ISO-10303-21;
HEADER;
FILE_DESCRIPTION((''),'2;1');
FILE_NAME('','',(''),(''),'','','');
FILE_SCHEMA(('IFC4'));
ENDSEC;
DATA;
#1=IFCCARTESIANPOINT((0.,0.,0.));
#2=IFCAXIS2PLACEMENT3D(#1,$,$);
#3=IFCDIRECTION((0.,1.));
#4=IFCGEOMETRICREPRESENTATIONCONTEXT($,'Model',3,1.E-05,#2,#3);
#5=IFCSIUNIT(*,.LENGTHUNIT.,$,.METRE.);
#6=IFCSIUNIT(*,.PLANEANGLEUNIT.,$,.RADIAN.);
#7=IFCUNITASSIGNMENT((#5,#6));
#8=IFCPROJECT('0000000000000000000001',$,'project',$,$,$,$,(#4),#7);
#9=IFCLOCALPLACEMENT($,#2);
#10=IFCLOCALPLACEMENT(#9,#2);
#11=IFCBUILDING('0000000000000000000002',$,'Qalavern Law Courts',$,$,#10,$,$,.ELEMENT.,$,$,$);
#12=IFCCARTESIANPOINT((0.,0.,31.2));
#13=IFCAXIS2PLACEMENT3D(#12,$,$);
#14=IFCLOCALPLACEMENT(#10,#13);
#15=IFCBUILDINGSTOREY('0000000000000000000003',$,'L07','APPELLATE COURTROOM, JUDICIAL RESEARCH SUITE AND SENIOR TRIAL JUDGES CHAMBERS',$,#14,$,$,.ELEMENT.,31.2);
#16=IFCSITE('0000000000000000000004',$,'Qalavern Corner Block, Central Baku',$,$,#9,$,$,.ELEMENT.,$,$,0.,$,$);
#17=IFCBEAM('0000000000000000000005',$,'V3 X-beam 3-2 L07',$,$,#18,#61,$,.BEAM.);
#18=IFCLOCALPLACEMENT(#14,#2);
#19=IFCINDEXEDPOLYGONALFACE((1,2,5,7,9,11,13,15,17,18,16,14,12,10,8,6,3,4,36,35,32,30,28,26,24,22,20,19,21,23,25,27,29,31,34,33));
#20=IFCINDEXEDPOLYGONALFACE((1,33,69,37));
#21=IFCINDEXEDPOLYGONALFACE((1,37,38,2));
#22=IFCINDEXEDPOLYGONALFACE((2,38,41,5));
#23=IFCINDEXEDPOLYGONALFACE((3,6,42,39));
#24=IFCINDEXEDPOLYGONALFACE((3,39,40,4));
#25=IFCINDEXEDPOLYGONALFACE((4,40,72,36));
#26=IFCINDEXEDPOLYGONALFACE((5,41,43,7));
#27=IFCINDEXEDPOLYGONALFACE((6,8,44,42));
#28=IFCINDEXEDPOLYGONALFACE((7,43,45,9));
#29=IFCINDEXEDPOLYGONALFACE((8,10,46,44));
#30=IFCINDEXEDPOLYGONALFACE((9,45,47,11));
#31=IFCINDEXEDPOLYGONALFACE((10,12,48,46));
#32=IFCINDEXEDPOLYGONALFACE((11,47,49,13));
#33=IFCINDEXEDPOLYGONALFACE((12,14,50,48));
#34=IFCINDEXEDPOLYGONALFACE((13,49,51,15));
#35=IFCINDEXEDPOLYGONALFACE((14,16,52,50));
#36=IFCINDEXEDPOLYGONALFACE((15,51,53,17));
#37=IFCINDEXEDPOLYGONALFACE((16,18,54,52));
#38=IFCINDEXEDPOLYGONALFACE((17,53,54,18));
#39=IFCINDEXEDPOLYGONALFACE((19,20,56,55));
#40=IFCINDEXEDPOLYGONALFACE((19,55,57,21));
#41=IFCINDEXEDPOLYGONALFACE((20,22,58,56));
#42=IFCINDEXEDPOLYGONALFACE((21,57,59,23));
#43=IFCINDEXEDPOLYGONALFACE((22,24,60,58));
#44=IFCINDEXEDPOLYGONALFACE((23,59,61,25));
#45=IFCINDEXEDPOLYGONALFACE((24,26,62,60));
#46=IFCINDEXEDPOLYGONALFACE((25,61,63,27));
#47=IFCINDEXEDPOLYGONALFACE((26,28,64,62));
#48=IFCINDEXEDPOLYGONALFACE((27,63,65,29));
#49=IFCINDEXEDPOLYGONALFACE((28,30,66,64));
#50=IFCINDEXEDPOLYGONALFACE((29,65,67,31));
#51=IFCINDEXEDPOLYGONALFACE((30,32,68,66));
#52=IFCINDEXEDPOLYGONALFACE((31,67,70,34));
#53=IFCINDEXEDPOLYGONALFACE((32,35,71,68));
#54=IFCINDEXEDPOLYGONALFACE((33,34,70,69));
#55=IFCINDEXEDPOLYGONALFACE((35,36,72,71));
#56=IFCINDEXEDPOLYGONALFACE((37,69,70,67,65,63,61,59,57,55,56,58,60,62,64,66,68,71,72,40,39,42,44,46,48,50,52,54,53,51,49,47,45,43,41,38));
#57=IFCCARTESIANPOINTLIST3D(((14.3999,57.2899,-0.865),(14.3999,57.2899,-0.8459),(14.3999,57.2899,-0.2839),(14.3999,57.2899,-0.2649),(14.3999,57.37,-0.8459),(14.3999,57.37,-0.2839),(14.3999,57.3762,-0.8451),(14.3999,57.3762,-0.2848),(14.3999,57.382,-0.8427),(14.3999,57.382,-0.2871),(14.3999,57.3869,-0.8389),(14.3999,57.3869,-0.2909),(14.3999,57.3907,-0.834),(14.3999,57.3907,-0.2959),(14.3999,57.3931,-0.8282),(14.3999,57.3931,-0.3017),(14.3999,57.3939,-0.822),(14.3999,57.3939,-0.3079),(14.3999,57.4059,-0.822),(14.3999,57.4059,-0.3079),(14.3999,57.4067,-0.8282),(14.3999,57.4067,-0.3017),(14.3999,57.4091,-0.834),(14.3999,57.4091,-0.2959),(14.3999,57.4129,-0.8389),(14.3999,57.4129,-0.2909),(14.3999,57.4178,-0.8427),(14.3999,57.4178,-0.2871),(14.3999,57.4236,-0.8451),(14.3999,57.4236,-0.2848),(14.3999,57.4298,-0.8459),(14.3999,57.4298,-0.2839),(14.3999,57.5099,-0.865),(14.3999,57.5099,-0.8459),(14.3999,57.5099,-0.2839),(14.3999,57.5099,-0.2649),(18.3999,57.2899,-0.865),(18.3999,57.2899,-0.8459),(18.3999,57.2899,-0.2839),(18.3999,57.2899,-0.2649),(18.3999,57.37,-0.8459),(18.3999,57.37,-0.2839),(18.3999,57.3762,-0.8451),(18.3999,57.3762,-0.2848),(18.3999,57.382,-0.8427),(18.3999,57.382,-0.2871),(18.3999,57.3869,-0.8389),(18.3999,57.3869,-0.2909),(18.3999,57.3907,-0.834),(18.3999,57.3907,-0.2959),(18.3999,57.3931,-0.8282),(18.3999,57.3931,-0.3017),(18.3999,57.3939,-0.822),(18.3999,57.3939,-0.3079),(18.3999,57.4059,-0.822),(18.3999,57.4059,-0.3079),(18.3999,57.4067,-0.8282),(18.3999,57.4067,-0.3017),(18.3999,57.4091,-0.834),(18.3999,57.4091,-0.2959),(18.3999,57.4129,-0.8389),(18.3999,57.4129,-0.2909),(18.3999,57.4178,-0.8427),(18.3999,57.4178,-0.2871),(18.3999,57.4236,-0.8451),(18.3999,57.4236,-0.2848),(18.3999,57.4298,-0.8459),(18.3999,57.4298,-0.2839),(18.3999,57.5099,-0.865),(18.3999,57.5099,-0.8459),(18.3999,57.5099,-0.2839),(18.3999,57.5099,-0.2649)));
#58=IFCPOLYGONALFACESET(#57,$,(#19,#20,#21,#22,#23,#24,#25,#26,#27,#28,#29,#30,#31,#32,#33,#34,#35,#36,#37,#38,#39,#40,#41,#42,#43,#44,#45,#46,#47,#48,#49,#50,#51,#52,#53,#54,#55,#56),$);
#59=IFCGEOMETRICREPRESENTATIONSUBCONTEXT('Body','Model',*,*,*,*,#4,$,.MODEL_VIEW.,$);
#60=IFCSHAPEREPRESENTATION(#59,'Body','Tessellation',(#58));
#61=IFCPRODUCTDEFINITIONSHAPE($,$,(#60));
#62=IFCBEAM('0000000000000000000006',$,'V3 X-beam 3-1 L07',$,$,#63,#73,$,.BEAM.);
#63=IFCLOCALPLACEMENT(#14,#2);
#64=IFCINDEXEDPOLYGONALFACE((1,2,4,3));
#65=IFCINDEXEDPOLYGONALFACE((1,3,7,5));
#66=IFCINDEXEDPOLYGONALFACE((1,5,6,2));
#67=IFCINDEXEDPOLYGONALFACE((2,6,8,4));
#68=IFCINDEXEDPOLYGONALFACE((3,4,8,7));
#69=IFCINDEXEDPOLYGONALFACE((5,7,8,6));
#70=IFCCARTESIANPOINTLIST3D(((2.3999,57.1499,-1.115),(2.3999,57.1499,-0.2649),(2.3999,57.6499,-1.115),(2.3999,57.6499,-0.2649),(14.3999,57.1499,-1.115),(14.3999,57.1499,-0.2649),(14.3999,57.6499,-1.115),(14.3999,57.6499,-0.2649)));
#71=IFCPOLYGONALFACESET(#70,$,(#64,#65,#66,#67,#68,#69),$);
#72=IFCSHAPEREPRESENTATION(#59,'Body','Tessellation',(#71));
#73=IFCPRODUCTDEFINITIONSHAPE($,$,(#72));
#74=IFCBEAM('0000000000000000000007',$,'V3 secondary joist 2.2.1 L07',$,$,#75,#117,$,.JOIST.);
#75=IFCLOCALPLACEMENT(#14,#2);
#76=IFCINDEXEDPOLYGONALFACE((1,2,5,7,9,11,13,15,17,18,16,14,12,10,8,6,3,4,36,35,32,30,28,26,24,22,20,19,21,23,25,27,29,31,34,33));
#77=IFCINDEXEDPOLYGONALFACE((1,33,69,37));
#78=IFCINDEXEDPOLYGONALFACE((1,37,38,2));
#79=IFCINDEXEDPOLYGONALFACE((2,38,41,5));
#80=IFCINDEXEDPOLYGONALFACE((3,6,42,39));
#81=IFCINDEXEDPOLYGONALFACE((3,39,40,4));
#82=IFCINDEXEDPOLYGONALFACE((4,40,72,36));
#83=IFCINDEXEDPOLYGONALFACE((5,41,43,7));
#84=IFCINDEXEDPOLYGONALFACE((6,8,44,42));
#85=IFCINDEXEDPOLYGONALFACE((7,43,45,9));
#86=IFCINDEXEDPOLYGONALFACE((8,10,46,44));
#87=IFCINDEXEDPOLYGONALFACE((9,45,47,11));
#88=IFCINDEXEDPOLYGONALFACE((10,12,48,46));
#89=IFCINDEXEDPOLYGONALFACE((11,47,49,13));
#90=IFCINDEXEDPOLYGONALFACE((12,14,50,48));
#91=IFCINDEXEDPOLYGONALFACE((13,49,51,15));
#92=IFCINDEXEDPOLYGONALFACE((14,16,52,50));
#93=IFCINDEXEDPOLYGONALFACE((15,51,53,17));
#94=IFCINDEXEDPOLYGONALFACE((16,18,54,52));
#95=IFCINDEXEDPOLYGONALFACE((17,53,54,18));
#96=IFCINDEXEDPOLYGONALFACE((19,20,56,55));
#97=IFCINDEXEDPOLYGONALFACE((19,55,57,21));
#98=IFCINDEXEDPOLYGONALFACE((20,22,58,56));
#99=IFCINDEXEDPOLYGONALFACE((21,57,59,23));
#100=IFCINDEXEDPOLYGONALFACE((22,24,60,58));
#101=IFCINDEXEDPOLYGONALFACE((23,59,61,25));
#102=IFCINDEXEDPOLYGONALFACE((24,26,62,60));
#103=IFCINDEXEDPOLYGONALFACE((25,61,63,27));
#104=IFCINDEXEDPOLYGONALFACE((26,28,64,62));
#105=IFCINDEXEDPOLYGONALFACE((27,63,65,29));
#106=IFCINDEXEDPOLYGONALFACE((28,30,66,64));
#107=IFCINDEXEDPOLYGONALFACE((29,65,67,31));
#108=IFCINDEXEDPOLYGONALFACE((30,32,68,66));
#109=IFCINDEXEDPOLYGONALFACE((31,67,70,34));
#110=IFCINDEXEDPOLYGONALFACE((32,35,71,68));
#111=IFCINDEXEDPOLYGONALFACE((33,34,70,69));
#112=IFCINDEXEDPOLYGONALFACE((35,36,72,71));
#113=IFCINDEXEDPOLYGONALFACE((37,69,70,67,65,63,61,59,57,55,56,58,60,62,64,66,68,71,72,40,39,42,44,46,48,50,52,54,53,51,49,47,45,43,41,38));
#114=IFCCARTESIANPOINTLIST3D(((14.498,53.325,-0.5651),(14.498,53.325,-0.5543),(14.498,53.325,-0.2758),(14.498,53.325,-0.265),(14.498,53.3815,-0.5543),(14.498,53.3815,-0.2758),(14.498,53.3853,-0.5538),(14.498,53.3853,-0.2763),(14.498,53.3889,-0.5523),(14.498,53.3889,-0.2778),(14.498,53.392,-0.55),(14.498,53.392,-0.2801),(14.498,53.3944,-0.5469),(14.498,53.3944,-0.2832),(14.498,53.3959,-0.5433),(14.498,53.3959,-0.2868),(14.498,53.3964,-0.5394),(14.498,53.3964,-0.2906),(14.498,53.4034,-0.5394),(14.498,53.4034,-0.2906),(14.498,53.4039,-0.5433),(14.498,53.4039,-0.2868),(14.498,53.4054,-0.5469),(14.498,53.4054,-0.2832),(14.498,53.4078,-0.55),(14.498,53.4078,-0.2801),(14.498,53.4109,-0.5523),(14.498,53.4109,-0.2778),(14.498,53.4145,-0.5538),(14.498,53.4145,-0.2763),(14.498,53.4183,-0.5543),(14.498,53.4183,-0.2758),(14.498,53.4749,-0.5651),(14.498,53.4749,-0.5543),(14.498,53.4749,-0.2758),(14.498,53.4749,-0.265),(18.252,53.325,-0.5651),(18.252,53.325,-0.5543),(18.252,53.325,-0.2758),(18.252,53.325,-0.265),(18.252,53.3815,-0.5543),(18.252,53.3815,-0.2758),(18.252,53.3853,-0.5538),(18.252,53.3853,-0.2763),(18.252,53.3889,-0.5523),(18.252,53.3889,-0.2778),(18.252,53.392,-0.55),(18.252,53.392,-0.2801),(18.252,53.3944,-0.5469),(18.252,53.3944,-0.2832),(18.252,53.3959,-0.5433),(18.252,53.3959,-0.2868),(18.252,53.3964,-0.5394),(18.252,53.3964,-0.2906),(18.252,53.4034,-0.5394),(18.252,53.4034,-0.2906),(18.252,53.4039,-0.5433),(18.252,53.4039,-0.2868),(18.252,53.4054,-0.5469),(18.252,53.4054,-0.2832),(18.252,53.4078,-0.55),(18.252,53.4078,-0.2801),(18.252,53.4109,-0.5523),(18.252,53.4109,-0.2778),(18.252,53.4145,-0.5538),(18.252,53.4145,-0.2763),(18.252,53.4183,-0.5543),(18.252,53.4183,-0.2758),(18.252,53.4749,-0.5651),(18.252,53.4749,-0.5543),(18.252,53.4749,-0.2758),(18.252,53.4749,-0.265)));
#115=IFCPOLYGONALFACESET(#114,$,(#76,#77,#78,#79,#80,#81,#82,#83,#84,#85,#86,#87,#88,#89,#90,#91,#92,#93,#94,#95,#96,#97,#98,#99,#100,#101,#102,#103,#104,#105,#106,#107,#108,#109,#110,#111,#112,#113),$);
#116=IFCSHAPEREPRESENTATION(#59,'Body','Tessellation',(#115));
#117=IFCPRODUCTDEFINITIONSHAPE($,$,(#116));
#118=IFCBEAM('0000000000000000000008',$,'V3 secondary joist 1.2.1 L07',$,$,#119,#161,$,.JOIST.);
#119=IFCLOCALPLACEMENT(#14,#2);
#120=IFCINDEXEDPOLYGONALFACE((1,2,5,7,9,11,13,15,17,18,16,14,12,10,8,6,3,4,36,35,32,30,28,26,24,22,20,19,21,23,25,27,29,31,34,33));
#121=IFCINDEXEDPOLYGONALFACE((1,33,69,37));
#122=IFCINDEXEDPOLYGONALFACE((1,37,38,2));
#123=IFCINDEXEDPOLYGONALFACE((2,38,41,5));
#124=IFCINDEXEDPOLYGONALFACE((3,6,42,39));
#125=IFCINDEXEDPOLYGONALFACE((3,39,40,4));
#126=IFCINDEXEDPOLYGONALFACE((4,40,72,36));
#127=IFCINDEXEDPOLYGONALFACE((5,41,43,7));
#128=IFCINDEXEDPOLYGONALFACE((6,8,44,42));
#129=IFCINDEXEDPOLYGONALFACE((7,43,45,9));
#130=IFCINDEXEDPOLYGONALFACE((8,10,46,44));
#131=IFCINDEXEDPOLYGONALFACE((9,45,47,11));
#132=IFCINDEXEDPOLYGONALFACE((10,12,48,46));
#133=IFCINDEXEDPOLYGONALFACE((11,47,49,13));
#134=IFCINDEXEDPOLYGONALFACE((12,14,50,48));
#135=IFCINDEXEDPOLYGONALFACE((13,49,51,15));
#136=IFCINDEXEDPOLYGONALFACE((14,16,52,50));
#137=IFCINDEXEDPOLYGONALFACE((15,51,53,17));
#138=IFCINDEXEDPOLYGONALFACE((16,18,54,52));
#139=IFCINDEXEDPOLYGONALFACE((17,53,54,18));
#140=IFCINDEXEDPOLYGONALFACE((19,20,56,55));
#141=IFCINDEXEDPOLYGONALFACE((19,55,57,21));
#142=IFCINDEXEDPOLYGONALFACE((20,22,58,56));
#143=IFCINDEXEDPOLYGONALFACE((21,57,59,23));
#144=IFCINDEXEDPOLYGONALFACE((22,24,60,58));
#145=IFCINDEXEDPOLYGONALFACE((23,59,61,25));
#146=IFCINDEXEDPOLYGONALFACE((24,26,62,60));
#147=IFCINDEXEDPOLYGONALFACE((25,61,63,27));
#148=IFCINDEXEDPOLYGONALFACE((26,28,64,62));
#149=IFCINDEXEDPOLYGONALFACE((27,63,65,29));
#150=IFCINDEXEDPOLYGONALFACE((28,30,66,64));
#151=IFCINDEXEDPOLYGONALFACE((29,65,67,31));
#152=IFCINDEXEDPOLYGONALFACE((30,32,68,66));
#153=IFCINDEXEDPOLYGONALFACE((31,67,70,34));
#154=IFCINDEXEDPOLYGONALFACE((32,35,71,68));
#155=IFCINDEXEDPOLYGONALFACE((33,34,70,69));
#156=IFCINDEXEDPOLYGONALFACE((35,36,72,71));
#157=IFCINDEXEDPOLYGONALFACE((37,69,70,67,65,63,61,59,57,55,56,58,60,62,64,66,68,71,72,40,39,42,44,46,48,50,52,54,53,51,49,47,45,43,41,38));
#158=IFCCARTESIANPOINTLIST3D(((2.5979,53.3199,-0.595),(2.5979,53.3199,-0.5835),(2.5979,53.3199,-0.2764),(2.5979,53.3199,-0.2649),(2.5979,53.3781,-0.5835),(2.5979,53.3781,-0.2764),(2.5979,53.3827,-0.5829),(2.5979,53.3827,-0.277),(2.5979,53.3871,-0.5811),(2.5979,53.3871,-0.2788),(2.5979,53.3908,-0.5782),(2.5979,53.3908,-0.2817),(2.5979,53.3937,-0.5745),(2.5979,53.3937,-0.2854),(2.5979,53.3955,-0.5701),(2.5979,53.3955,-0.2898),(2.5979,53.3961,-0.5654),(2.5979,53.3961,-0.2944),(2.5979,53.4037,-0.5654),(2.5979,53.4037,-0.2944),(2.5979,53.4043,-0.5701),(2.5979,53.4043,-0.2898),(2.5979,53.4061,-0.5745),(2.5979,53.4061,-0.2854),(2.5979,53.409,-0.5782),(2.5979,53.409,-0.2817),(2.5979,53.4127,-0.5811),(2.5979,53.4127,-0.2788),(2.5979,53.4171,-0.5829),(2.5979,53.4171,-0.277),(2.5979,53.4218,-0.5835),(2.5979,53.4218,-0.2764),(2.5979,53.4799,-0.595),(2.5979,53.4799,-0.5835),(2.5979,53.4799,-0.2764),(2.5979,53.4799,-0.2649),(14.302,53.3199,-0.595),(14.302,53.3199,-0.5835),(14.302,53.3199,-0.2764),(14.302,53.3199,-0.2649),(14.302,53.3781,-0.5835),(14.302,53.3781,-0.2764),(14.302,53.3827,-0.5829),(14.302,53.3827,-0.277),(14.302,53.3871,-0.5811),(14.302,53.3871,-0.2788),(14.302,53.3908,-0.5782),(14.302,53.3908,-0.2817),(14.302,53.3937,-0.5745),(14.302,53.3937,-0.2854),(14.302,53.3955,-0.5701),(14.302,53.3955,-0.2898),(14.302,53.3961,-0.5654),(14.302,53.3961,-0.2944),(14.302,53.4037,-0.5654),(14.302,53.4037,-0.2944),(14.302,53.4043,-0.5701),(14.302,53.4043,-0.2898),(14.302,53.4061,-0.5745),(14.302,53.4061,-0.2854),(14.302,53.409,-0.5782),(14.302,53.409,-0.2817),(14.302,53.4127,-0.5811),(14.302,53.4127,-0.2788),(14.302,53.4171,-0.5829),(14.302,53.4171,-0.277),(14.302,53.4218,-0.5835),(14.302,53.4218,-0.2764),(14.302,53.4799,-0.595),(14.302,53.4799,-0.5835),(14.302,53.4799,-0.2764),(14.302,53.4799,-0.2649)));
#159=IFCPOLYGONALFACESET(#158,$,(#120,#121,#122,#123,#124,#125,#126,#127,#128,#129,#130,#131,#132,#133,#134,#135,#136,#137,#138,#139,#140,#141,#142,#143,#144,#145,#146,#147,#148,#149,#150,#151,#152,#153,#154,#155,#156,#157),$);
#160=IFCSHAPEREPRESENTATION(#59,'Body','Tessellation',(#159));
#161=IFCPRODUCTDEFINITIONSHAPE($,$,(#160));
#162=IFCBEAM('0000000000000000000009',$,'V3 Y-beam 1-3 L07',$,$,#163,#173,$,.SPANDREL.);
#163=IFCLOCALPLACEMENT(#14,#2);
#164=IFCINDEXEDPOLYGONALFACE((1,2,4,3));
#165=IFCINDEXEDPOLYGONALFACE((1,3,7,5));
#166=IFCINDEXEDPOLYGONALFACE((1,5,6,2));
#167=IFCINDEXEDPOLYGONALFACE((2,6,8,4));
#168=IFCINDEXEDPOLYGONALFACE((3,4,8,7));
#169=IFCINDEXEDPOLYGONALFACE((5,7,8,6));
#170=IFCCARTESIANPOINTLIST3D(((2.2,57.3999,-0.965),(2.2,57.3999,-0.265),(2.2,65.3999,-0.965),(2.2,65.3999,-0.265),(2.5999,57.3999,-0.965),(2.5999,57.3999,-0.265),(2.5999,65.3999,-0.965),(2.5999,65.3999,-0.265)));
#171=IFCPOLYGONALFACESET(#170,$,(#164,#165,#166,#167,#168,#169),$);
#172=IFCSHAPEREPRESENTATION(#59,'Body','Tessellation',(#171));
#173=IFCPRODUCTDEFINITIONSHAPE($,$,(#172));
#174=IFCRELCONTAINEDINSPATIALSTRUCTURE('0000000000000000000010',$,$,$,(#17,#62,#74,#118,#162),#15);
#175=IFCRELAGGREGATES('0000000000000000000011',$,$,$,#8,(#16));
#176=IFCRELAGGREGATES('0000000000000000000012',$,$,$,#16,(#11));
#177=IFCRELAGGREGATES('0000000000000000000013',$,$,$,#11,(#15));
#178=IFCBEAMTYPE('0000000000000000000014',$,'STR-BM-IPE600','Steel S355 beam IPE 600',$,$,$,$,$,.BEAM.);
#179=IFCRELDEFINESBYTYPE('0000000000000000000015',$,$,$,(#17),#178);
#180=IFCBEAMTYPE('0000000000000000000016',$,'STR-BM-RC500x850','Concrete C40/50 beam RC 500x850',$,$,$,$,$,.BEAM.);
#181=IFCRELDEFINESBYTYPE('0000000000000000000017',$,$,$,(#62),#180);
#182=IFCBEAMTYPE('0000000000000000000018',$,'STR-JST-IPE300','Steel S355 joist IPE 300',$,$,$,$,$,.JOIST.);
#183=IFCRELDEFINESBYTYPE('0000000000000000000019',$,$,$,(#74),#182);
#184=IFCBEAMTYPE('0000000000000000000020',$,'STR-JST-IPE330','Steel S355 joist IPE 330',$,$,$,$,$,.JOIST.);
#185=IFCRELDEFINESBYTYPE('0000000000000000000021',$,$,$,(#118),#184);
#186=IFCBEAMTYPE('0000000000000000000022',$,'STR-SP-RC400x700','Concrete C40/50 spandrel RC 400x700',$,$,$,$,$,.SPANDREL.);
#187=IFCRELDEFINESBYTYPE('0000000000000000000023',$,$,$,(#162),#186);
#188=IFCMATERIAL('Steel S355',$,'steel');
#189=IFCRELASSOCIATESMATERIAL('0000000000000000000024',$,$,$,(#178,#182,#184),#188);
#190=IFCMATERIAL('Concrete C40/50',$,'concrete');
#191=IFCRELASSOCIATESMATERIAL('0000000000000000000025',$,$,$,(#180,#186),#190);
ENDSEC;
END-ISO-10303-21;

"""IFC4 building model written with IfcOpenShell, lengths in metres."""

from ifc_helpers import new_model, si_unit, direction, frame, origin, origin_2d, place, context, subcontext, project, spatial, rectangle, i_section, extrude, material, material_profile, profile_set, type_object, element, save


model = new_model("IFC4")

# Units and contexts
model_context = context("Model", 3, precision=1e-05, world=origin(), true_north=direction((0.0, 1.0)))
body_context = subcontext(model_context, "Body", "Model", "MODEL_VIEW")
ifc_project = project(units=[si_unit("LENGTHUNIT", "METRE"), si_unit("PLANEANGLEUNIT", "RADIAN")], contexts=[model_context])

# Site, building, storey
site_placement = place(None, origin())
site = spatial("IfcSite", under=ifc_project, at=site_placement, Name="Qalavern Corner Block, Central Baku", CompositionType="ELEMENT", RefElevation=0.0)
building_placement = place(site_placement, origin())
building = spatial("IfcBuilding", under=site, at=building_placement, Name="Qalavern Law Courts", CompositionType="ELEMENT")
storey_placement = place(building_placement, frame((0.0, 0.0, 31.2)))
storey = spatial("IfcBuildingStorey", under=building, at=storey_placement, Name="L07", Description="APPELLATE COURTROOM, JUDICIAL RESEARCH SUITE AND SENIOR TRIAL JUDGES CHAMBERS", CompositionType="ELEMENT", Elevation=31.2)

# Beams
ifc_material_1 = material(Name="Steel S355", Category="steel")
ifc_material_profile_1 = material_profile(ifc_material_1, i_section(OverallWidth=0.22, OverallDepth=0.6001, WebThickness=0.012, FlangeThickness=0.019, FilletRadius=0.0239, at=origin_2d()), Name="IPE 600")
ifc_profile_set_1 = profile_set([ifc_material_profile_1], Name="Steel S355")
beam_type_1 = type_object("IfcBeamType", Name="STR-BM-IPE600", Description="Steel S355 beam IPE 600", PredefinedType="BEAM", material=ifc_profile_set_1)
beam_1_placement = place(storey_placement, frame((14.3999, 57.3999, -0.5649), z_axis=(1.0, 0.0, 0.0), x_axis=(0.0, 1.0, 0.0)))
element("IfcBeam", 1, at=beam_1_placement, inside=storey, type_object=beam_type_1, Name="V3 X-beam 3-2 L07", PredefinedType="BEAM", context=body_context, shape_type="SweptSolid", body=[
    extrude(i_section(OverallWidth=0.22, OverallDepth=0.6001, WebThickness=0.012, FlangeThickness=0.019, FilletRadius=0.0239, at=origin_2d()), origin(), (0.0, 0.0, 1.0), 4.0),
])
ifc_material_2 = material(Name="Concrete C40/50", Category="concrete")
ifc_material_profile_2 = material_profile(ifc_material_2, rectangle(XDim=0.5, YDim=0.8501, at=origin_2d()), Name="RC 500x850")
ifc_profile_set_2 = profile_set([ifc_material_profile_2], Name="Concrete C40/50")
beam_type_2 = type_object("IfcBeamType", Name="STR-BM-RC500x850", Description="Concrete C40/50 beam RC 500x850", PredefinedType="BEAM", material=ifc_profile_set_2)
beam_2_placement = place(storey_placement, frame((2.3999, 57.3999, -0.6899), z_axis=(1.0, 0.0, 0.0), x_axis=(0.0, 1.0, 0.0)))
element("IfcBeam", 2, at=beam_2_placement, inside=storey, type_object=beam_type_2, Name="V3 X-beam 3-1 L07", PredefinedType="BEAM", context=body_context, shape_type="SweptSolid", body=[
    extrude(rectangle(XDim=0.5, YDim=0.8501, at=origin_2d()), origin(), (0.0, 0.0, 1.0), 12.0),
])
ifc_material_profile_3 = material_profile(ifc_material_1, i_section(OverallWidth=0.1499, OverallDepth=0.3, WebThickness=0.0071, FlangeThickness=0.0107, FilletRadius=0.0149, at=origin_2d()), Name="IPE 300")
ifc_profile_set_3 = profile_set([ifc_material_profile_3], Name="Steel S355")
beam_type_3 = type_object("IfcBeamType", Name="STR-JST-IPE300", Description="Steel S355 joist IPE 300", PredefinedType="JOIST", material=ifc_profile_set_3)
beam_3_placement = place(storey_placement, frame((14.498, 53.3999, -0.415), z_axis=(1.0, 0.0, 0.0), x_axis=(0.0, 1.0, 0.0)))
element("IfcBeam", 3, at=beam_3_placement, inside=storey, type_object=beam_type_3, Name="V3 secondary joist 2.2.1 L07", PredefinedType="JOIST", context=body_context, shape_type="SweptSolid", body=[
    extrude(i_section(OverallWidth=0.1499, OverallDepth=0.3, WebThickness=0.0071, FlangeThickness=0.0107, FilletRadius=0.0149, at=origin_2d()), origin(), (0.0, 0.0, 1.0), 3.7539),
])
ifc_material_profile_4 = material_profile(ifc_material_1, i_section(OverallWidth=0.1599, OverallDepth=0.3301, WebThickness=0.0076, FlangeThickness=0.0115, FilletRadius=0.0181, at=origin_2d()), Name="IPE 330")
ifc_profile_set_4 = profile_set([ifc_material_profile_4], Name="Steel S355")
beam_type_4 = type_object("IfcBeamType", Name="STR-JST-IPE330", Description="Steel S355 joist IPE 330", PredefinedType="JOIST", material=ifc_profile_set_4)
beam_4_placement = place(storey_placement, frame((2.5979, 53.3999, -0.4299), z_axis=(1.0, 0.0, 0.0), x_axis=(0.0, 1.0, 0.0)))
element("IfcBeam", 4, at=beam_4_placement, inside=storey, type_object=beam_type_4, Name="V3 secondary joist 1.2.1 L07", PredefinedType="JOIST", context=body_context, shape_type="SweptSolid", body=[
    extrude(i_section(OverallWidth=0.1599, OverallDepth=0.3301, WebThickness=0.0076, FlangeThickness=0.0115, FilletRadius=0.0181, at=origin_2d()), origin(), (0.0, 0.0, 1.0), 11.7041),
])
ifc_material_profile_5 = material_profile(ifc_material_2, rectangle(XDim=0.3999, YDim=0.7, at=origin_2d()), Name="RC 400x700")
ifc_profile_set_5 = profile_set([ifc_material_profile_5], Name="Concrete C40/50")
beam_type_5 = type_object("IfcBeamType", Name="STR-SP-RC400x700", Description="Concrete C40/50 spandrel RC 400x700", PredefinedType="SPANDREL", material=ifc_profile_set_5)
beam_5_placement = place(storey_placement, frame((2.3999, 57.3999, -0.615), z_axis=(0.0, 1.0, 0.0), x_axis=(-1.0, 0.0, 0.0)))
element("IfcBeam", 5, at=beam_5_placement, inside=storey, type_object=beam_type_5, Name="V3 Y-beam 1-3 L07", PredefinedType="SPANDREL", context=body_context, shape_type="SweptSolid", body=[
    extrude(rectangle(XDim=0.3999, YDim=0.7, at=origin_2d()), origin(), (0.0, 0.0, 1.0), 8.0),
])

save(model, "model.ifc")
